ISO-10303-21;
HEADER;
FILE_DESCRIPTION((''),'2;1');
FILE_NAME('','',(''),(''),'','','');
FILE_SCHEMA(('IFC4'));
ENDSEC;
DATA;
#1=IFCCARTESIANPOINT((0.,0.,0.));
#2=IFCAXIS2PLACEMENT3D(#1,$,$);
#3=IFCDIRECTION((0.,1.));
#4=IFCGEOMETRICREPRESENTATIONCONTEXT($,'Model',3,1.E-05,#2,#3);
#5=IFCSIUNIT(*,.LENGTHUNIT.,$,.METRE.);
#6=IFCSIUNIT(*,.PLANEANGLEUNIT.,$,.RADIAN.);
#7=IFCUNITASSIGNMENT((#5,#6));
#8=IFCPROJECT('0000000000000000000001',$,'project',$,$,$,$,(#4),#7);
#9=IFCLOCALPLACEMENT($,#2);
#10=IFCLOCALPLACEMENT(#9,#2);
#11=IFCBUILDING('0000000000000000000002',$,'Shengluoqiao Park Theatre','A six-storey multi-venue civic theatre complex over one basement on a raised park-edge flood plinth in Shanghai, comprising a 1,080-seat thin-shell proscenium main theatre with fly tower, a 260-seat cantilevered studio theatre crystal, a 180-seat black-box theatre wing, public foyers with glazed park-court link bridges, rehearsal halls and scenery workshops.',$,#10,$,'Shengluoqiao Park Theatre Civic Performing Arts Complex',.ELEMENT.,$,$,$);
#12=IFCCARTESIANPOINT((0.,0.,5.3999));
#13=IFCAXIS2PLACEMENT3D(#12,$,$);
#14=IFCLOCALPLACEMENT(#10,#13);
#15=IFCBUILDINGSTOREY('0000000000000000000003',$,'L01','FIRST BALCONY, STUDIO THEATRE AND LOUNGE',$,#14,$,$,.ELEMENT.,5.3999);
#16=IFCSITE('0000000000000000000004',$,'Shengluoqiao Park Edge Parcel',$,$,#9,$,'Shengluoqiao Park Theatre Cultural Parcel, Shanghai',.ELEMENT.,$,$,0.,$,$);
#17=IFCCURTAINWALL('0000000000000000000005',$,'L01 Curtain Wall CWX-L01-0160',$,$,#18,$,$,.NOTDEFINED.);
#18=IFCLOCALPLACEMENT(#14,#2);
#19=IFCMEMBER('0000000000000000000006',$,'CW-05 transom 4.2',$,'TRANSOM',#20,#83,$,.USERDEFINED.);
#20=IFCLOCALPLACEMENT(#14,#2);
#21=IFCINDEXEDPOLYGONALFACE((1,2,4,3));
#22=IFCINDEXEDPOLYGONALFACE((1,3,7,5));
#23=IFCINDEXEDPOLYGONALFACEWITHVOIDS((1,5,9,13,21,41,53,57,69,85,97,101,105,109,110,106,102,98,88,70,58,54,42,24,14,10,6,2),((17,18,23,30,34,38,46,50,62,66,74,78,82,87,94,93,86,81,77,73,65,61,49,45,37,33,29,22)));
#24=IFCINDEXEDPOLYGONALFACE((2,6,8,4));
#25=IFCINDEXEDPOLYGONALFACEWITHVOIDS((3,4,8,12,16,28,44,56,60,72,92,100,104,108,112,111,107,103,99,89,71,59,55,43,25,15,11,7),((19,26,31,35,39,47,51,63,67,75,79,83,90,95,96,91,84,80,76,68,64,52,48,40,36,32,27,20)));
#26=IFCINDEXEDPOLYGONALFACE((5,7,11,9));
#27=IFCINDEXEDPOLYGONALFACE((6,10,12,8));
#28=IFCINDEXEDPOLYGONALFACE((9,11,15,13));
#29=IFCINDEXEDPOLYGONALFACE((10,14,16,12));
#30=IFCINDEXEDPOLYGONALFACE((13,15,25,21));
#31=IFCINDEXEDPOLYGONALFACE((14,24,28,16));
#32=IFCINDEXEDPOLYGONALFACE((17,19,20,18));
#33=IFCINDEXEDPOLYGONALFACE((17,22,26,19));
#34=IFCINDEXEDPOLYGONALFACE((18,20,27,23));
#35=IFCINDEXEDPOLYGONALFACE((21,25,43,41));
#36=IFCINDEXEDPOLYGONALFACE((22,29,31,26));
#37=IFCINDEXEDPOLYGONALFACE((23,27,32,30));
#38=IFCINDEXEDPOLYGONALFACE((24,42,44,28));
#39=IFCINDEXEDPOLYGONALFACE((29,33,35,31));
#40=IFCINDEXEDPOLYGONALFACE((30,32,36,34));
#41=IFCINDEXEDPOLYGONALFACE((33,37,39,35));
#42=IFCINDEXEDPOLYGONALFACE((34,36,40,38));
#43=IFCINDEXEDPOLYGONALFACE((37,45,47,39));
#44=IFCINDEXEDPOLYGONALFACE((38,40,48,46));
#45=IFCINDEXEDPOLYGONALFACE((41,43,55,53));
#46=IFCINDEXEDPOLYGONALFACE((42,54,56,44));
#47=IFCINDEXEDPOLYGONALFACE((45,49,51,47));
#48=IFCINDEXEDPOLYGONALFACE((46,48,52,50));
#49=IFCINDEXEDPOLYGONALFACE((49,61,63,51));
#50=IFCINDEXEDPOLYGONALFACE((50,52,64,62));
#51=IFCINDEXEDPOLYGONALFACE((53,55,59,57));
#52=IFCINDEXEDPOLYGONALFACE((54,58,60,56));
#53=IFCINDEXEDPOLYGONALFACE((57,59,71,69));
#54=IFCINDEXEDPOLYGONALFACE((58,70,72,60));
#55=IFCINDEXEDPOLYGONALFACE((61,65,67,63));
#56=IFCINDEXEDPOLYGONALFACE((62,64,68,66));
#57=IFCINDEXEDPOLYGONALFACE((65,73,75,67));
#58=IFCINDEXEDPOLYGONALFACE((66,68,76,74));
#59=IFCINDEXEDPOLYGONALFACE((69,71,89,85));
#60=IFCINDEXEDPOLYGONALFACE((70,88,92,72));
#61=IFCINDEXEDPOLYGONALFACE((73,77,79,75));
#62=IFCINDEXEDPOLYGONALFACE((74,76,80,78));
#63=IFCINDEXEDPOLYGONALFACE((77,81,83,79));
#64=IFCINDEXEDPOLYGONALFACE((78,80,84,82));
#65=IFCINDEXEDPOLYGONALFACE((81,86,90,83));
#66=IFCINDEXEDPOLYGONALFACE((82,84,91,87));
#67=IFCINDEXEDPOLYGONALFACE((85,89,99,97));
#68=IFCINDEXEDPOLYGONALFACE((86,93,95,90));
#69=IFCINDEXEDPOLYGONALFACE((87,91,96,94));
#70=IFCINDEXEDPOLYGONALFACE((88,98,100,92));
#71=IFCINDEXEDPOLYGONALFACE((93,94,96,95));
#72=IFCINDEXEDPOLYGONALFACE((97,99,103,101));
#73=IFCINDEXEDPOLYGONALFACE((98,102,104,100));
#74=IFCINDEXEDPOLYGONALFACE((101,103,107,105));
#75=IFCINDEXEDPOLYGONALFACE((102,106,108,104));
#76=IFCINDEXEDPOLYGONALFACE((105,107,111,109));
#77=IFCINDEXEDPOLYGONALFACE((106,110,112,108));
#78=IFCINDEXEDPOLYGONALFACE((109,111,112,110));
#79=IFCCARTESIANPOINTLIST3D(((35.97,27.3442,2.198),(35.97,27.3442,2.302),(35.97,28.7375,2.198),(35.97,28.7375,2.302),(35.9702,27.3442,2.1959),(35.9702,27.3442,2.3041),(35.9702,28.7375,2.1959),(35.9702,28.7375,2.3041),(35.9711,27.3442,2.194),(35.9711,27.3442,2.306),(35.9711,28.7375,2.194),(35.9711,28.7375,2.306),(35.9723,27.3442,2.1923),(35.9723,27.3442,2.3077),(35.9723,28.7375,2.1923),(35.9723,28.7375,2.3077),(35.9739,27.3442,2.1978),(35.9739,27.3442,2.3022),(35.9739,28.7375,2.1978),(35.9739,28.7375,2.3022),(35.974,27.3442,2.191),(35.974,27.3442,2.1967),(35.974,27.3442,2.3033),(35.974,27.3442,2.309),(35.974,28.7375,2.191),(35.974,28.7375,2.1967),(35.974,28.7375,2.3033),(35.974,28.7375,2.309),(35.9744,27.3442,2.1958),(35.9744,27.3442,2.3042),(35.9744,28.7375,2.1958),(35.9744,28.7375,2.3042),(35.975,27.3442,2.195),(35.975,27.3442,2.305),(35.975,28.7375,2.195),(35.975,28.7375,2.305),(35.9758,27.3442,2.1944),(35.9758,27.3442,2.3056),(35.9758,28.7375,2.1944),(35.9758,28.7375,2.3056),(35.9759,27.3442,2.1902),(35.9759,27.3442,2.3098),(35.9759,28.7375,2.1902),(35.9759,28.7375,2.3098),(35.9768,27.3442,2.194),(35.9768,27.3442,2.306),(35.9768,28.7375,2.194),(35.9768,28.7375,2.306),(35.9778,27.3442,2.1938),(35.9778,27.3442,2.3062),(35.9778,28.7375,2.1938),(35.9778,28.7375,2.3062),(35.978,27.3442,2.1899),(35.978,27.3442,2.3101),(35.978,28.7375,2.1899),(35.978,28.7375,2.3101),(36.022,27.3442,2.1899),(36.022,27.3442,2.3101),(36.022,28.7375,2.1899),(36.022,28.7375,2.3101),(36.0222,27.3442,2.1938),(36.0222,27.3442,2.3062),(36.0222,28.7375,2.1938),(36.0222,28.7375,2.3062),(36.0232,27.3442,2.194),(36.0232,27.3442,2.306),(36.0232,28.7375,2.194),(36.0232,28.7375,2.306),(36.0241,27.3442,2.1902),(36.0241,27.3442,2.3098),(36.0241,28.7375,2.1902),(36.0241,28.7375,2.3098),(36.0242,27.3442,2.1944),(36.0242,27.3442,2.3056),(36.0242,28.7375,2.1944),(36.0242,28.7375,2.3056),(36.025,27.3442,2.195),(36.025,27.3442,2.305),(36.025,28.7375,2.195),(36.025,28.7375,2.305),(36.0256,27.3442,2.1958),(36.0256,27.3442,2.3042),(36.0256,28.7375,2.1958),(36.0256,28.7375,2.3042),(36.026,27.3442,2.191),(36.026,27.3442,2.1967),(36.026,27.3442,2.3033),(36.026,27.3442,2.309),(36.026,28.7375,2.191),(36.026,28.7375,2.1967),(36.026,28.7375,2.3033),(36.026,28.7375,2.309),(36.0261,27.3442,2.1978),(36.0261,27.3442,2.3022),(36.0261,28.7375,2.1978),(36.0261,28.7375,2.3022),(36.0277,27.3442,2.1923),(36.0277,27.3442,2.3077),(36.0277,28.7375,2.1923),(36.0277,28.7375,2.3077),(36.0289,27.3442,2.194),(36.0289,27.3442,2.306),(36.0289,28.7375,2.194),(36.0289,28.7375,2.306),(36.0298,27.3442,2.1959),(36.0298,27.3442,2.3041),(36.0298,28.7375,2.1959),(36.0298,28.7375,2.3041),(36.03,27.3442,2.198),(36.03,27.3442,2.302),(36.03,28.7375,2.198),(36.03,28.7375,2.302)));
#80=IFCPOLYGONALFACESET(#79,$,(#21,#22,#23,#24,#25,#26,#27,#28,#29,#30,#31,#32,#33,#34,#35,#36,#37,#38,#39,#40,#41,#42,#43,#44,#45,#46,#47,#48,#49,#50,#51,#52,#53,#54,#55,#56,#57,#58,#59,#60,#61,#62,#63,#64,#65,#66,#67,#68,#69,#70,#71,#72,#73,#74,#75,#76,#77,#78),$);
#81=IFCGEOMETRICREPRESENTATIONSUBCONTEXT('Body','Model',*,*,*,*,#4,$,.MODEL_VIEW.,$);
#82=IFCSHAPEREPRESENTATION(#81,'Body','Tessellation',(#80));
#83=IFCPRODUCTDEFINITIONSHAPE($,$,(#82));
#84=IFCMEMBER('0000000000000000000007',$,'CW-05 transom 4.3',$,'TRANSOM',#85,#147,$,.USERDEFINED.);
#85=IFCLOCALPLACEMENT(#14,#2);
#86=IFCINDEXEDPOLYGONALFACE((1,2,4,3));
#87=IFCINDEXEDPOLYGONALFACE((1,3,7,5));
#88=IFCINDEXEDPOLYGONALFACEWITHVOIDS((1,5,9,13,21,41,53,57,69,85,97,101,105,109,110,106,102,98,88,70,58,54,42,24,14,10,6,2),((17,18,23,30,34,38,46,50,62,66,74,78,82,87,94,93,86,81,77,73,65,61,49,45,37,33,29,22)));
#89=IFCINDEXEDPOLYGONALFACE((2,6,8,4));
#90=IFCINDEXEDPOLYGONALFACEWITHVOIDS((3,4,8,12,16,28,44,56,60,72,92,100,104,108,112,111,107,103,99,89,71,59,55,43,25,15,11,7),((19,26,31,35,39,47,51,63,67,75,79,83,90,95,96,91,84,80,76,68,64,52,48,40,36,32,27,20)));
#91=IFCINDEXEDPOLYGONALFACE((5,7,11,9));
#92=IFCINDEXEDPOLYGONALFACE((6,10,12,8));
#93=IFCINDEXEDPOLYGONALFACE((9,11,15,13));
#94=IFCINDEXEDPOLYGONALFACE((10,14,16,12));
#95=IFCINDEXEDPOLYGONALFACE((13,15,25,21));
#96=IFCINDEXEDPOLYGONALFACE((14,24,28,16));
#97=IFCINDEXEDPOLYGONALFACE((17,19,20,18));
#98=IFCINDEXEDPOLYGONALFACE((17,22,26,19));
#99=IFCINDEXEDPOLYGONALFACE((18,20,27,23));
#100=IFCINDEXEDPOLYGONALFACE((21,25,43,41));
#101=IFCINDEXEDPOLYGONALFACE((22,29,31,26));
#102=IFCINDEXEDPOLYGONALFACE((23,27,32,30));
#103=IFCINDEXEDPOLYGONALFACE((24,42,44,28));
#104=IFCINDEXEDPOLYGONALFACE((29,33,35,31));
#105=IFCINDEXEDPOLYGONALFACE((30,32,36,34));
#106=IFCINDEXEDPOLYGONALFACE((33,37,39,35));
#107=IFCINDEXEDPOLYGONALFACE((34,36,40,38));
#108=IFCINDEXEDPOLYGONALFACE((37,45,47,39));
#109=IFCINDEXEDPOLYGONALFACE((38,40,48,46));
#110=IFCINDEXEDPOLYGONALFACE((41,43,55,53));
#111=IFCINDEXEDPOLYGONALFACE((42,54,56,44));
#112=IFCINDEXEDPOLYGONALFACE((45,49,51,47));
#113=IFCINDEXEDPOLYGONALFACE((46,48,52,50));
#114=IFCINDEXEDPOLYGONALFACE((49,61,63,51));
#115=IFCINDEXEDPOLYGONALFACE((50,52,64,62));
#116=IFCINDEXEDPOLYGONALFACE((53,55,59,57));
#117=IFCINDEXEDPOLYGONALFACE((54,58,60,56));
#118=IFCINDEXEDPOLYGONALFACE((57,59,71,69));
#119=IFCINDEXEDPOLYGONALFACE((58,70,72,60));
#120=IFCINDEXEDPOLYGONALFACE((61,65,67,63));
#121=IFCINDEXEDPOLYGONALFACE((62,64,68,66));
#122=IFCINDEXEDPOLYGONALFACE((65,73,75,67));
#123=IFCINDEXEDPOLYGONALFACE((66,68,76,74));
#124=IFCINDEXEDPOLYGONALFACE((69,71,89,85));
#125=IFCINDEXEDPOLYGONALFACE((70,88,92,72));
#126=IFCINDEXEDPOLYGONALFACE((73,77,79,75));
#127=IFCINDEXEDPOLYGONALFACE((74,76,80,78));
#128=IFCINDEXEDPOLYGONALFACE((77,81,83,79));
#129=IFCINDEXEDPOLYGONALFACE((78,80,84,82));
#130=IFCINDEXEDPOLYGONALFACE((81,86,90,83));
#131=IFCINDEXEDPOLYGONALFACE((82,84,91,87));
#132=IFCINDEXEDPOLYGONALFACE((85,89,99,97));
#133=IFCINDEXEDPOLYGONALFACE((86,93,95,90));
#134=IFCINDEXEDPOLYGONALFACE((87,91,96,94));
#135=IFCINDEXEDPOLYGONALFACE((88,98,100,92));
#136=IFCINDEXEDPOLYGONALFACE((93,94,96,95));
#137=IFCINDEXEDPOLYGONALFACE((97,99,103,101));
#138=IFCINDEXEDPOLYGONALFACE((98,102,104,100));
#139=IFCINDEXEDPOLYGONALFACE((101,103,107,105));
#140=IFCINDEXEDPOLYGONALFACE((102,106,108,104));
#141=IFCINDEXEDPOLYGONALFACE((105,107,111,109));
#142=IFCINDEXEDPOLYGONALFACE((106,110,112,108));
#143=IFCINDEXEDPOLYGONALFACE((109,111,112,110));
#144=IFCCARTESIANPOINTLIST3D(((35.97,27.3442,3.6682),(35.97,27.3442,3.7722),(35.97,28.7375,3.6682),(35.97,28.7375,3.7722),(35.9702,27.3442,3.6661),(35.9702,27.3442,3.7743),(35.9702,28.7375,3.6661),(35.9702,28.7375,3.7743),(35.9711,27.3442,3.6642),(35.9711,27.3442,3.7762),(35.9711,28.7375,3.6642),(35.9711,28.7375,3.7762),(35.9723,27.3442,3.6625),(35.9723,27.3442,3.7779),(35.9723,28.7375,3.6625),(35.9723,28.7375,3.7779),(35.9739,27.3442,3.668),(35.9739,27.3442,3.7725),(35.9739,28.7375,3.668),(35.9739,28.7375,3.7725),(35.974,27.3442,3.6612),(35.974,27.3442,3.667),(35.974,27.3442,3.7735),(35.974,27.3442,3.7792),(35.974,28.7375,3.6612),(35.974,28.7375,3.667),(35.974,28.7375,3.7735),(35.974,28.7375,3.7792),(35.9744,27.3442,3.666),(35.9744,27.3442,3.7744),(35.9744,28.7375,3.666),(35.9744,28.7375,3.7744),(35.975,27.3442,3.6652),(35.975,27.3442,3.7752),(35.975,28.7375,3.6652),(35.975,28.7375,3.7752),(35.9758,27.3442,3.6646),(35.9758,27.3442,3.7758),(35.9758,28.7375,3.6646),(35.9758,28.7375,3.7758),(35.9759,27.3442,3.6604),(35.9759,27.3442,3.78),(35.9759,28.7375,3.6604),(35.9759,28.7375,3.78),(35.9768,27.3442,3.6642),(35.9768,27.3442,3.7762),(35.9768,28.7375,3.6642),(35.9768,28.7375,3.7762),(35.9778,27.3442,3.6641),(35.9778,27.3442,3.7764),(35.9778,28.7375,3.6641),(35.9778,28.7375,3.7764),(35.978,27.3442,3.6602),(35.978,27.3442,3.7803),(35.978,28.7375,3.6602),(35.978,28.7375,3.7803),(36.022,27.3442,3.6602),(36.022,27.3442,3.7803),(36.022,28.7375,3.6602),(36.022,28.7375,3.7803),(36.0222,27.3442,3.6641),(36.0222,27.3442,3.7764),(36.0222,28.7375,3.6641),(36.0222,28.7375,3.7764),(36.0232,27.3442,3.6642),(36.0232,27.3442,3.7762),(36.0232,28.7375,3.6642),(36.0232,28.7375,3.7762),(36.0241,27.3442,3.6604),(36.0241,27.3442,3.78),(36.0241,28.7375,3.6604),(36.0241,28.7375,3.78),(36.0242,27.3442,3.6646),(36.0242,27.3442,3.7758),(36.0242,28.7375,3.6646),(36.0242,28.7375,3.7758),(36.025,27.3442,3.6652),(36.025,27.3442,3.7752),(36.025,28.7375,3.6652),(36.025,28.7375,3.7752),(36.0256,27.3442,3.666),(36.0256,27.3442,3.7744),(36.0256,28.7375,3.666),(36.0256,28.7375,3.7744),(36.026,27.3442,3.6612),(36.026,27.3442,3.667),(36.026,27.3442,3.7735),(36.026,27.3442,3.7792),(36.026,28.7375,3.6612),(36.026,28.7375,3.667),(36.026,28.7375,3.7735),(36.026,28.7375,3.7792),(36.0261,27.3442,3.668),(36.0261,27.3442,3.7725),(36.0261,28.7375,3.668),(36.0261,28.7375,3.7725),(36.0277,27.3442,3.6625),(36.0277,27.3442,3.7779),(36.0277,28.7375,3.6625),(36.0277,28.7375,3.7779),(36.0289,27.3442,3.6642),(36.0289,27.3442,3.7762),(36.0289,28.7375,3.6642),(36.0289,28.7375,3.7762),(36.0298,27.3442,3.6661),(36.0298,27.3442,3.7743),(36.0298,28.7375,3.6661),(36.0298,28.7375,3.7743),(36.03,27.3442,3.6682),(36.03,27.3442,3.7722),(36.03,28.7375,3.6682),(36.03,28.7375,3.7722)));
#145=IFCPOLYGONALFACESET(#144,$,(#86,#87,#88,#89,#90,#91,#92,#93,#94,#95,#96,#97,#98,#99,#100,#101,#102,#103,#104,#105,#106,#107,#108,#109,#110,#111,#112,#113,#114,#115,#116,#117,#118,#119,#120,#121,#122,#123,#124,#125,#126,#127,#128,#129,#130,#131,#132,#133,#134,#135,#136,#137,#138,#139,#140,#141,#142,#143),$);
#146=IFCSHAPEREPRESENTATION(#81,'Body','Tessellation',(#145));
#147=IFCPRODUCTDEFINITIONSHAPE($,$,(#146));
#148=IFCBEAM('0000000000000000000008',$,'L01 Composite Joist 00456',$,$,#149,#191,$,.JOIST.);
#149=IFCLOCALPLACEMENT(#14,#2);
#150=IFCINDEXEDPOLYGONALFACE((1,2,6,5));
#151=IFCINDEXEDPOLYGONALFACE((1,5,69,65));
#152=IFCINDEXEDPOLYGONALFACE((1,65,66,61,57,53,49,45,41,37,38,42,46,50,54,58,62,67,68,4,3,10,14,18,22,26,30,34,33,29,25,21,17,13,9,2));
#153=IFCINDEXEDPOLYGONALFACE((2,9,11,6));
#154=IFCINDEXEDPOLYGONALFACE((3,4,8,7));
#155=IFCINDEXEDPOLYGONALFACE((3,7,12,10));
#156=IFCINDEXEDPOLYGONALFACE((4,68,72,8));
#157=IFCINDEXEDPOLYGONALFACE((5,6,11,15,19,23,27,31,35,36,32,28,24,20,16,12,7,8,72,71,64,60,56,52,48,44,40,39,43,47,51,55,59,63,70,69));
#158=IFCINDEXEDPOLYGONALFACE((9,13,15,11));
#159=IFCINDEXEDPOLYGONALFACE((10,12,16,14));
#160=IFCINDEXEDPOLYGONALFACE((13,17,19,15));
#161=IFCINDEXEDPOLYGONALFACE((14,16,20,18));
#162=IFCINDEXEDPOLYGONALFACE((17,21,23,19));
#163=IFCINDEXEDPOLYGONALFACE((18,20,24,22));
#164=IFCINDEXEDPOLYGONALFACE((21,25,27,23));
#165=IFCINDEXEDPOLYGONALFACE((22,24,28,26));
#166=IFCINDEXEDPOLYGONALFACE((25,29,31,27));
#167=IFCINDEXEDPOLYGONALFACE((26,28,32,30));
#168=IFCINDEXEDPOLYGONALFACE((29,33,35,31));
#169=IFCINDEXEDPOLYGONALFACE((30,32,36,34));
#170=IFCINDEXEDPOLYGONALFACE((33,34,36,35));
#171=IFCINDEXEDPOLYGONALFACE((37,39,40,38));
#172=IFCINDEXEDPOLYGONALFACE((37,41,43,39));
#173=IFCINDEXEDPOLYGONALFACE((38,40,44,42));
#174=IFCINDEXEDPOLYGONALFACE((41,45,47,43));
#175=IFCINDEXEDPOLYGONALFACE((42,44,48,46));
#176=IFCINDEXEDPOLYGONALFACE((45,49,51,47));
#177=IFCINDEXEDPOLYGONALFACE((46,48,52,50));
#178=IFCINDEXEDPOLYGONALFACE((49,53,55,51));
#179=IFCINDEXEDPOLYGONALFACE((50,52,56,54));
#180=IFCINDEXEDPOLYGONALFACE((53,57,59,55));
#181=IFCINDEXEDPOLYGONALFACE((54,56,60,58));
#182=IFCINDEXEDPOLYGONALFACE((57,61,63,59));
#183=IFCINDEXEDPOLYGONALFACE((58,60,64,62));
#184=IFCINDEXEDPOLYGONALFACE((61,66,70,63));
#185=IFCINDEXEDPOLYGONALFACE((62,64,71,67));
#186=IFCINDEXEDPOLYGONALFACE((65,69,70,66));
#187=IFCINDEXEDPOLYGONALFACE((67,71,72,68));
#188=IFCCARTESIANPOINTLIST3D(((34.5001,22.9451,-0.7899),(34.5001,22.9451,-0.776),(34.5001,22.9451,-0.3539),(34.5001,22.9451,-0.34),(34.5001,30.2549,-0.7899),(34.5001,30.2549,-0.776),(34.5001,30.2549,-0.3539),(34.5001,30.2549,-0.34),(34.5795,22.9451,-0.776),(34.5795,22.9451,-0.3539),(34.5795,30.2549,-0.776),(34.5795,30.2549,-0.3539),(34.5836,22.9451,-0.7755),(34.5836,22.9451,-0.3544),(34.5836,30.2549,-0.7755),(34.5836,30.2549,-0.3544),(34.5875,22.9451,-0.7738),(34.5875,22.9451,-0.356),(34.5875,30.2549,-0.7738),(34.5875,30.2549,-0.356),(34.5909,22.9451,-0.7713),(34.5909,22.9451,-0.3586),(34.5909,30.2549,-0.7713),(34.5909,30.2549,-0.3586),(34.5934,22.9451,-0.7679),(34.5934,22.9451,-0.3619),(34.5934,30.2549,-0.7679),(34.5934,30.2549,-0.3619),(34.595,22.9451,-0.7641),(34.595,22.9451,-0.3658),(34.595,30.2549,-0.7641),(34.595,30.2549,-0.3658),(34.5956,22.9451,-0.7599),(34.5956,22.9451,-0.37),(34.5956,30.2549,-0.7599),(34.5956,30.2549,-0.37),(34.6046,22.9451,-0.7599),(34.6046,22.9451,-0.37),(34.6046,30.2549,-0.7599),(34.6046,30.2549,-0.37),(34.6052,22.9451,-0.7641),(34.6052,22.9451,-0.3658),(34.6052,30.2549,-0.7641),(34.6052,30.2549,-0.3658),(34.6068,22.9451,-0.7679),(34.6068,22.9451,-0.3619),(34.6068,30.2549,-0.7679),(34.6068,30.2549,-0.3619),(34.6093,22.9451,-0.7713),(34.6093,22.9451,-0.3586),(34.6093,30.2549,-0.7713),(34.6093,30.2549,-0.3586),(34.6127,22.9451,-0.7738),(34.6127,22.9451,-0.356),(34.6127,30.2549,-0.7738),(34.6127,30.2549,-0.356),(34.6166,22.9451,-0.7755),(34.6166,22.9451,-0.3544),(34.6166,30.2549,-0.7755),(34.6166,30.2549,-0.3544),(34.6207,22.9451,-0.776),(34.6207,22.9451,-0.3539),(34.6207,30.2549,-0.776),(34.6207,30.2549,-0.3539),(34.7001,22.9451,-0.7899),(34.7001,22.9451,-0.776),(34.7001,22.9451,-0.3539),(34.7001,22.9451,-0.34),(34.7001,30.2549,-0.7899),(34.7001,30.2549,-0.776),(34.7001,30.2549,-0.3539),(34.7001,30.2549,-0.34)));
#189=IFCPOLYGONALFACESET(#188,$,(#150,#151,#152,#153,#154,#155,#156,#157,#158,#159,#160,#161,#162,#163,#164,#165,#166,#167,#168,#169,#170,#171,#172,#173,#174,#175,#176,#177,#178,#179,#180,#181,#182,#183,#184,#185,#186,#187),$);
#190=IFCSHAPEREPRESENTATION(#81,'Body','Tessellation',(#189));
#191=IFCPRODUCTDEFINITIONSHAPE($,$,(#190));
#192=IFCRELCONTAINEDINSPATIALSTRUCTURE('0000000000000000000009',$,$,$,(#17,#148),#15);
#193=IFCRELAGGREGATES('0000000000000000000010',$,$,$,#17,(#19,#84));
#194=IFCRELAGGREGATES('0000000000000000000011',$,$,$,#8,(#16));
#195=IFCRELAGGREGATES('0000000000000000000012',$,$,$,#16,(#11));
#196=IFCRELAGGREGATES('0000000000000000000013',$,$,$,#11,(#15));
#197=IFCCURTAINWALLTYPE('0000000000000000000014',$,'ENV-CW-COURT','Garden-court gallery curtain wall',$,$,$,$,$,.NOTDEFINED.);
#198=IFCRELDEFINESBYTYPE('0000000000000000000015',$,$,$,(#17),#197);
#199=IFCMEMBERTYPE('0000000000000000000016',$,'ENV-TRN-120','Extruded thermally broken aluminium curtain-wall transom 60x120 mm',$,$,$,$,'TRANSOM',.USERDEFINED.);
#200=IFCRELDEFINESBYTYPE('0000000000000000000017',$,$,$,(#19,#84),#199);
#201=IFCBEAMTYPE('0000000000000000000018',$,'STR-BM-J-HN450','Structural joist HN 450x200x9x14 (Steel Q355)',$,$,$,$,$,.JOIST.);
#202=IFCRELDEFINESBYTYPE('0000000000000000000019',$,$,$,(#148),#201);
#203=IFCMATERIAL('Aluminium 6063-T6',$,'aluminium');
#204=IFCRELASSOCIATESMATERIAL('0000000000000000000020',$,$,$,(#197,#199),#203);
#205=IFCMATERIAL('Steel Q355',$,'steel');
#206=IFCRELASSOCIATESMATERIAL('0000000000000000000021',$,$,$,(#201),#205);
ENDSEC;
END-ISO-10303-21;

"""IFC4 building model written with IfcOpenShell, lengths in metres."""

from ifc_helpers import new_model, si_unit, direction, frame, origin, origin_2d, place, context, subcontext, project, spatial, hollow_rectangle, i_section, extrude, material, material_profile, profile_set, type_object, element, aggregate, save


model = new_model("IFC4")

# Units and contexts
model_context = context("Model", 3, precision=1e-05, world=origin(), true_north=direction((0.0, 1.0)))
body_context = subcontext(model_context, "Body", "Model", "MODEL_VIEW")
ifc_project = project(units=[si_unit("LENGTHUNIT", "METRE"), si_unit("PLANEANGLEUNIT", "RADIAN")], contexts=[model_context])

# Site, building, storey
site_placement = place(None, origin())
site = spatial("IfcSite", under=ifc_project, at=site_placement, Name="Shengluoqiao Park Edge Parcel", LongName="Shengluoqiao Park Theatre Cultural Parcel, Shanghai", CompositionType="ELEMENT", RefElevation=0.0)
building_placement = place(site_placement, origin())
building = spatial("IfcBuilding", under=site, at=building_placement, Name="Shengluoqiao Park Theatre", Description="A six-storey multi-venue civic theatre complex over one basement on a raised park-edge flood plinth in Shanghai, comprising a 1,080-seat thin-shell proscenium main theatre with fly tower, a 260-seat cantilevered studio theatre crystal, a 180-seat black-box theatre wing, public foyers with glazed park-court link bridges, rehearsal halls and scenery workshops.", LongName="Shengluoqiao Park Theatre Civic Performing Arts Complex", CompositionType="ELEMENT")
storey_placement = place(building_placement, frame((0.0, 0.0, 5.3999)))
storey = spatial("IfcBuildingStorey", under=building, at=storey_placement, Name="L01", Description="FIRST BALCONY, STUDIO THEATRE AND LOUNGE", CompositionType="ELEMENT", Elevation=5.3999)

# Curtain wall
ifc_material_1 = material(Name="Aluminium 6063-T6", Category="aluminium")
curtain_wall_type_1 = type_object("IfcCurtainWallType", Name="ENV-CW-COURT", Description="Garden-court gallery curtain wall", PredefinedType="NOTDEFINED", material=ifc_material_1)
curtain_wall_1_placement = place(storey_placement, origin())
curtain_wall_1 = element("IfcCurtainWall", 1, at=curtain_wall_1_placement, inside=storey, type_object=curtain_wall_type_1, Name="L01 Curtain Wall CWX-L01-0160", PredefinedType="NOTDEFINED")
ifc_material_profile_1 = material_profile(ifc_material_1, hollow_rectangle(XDim=0.0601, YDim=0.1201, WallThickness=0.0039, InnerFilletRadius=0.0039, OuterFilletRadius=0.0081, at=origin_2d()), Name="ALU TRANSOM 120x60x4")
ifc_profile_set_1 = profile_set([ifc_material_profile_1], Name="Aluminium 6063-T6")
member_type_1 = type_object("IfcMemberType", Name="ENV-TRN-120", Description="Extruded thermally broken aluminium curtain-wall transom 60x120 mm", ElementType="TRANSOM", PredefinedType="USERDEFINED", material=ifc_profile_set_1)

# Members
member_1_placement = place(storey_placement, frame((36.0, 27.3442, 2.25), z_axis=(0.0, 1.0, 0.0), x_axis=(-1.0, 0.0, 0.0)))
member_1 = element("IfcMember", 2, at=member_1_placement, type_object=member_type_1, Name="CW-05 transom 4.2", ObjectType="TRANSOM", PredefinedType="USERDEFINED", context=body_context, shape_type="SweptSolid", body=[
    extrude(hollow_rectangle(XDim=0.0601, YDim=0.1201, WallThickness=0.0039, InnerFilletRadius=0.0039, OuterFilletRadius=0.0081, at=origin_2d()), origin(), (0.0, 0.0, 1.0), 1.3933),
])
member_2_placement = place(storey_placement, frame((36.0, 27.3442, 3.7202), z_axis=(0.0, 1.0, 0.0), x_axis=(-1.0, 0.0, 0.0)))
member_2 = element("IfcMember", 3, at=member_2_placement, type_object=member_type_1, Name="CW-05 transom 4.3", ObjectType="TRANSOM", PredefinedType="USERDEFINED", context=body_context, shape_type="SweptSolid", body=[
    extrude(hollow_rectangle(XDim=0.0601, YDim=0.1201, WallThickness=0.0039, InnerFilletRadius=0.0039, OuterFilletRadius=0.0081, at=origin_2d()), origin(), (0.0, 0.0, 1.0), 1.3933),
])

# Beam
ifc_material_2 = material(Name="Steel Q355", Category="steel")
ifc_material_profile_2 = material_profile(ifc_material_2, i_section(OverallWidth=0.2, OverallDepth=0.45, WebThickness=0.009, FlangeThickness=0.0139, FilletRadius=0.0161, at=origin_2d()), Name="HN 450x200x9x14")
ifc_profile_set_2 = profile_set([ifc_material_profile_2], Name="Steel Q355")
beam_type = type_object("IfcBeamType", Name="STR-BM-J-HN450", Description="Structural joist HN 450x200x9x14 (Steel Q355)", PredefinedType="JOIST", material=ifc_profile_set_2)
beam_placement = place(storey_placement, frame((34.6001, 22.9451, -0.5649), z_axis=(0.0, 1.0, 0.0), x_axis=(-1.0, 0.0, 0.0)))
element("IfcBeam", 4, at=beam_placement, inside=storey, type_object=beam_type, Name="L01 Composite Joist 00456", PredefinedType="JOIST", context=body_context, shape_type="SweptSolid", body=[
    extrude(i_section(OverallWidth=0.2, OverallDepth=0.45, WebThickness=0.009, FlangeThickness=0.0139, FilletRadius=0.0161, at=origin_2d()), origin(), (0.0, 0.0, 1.0), 7.3098),
])

aggregate(curtain_wall_1, [member_1, member_2])

save(model, "model.ifc")
